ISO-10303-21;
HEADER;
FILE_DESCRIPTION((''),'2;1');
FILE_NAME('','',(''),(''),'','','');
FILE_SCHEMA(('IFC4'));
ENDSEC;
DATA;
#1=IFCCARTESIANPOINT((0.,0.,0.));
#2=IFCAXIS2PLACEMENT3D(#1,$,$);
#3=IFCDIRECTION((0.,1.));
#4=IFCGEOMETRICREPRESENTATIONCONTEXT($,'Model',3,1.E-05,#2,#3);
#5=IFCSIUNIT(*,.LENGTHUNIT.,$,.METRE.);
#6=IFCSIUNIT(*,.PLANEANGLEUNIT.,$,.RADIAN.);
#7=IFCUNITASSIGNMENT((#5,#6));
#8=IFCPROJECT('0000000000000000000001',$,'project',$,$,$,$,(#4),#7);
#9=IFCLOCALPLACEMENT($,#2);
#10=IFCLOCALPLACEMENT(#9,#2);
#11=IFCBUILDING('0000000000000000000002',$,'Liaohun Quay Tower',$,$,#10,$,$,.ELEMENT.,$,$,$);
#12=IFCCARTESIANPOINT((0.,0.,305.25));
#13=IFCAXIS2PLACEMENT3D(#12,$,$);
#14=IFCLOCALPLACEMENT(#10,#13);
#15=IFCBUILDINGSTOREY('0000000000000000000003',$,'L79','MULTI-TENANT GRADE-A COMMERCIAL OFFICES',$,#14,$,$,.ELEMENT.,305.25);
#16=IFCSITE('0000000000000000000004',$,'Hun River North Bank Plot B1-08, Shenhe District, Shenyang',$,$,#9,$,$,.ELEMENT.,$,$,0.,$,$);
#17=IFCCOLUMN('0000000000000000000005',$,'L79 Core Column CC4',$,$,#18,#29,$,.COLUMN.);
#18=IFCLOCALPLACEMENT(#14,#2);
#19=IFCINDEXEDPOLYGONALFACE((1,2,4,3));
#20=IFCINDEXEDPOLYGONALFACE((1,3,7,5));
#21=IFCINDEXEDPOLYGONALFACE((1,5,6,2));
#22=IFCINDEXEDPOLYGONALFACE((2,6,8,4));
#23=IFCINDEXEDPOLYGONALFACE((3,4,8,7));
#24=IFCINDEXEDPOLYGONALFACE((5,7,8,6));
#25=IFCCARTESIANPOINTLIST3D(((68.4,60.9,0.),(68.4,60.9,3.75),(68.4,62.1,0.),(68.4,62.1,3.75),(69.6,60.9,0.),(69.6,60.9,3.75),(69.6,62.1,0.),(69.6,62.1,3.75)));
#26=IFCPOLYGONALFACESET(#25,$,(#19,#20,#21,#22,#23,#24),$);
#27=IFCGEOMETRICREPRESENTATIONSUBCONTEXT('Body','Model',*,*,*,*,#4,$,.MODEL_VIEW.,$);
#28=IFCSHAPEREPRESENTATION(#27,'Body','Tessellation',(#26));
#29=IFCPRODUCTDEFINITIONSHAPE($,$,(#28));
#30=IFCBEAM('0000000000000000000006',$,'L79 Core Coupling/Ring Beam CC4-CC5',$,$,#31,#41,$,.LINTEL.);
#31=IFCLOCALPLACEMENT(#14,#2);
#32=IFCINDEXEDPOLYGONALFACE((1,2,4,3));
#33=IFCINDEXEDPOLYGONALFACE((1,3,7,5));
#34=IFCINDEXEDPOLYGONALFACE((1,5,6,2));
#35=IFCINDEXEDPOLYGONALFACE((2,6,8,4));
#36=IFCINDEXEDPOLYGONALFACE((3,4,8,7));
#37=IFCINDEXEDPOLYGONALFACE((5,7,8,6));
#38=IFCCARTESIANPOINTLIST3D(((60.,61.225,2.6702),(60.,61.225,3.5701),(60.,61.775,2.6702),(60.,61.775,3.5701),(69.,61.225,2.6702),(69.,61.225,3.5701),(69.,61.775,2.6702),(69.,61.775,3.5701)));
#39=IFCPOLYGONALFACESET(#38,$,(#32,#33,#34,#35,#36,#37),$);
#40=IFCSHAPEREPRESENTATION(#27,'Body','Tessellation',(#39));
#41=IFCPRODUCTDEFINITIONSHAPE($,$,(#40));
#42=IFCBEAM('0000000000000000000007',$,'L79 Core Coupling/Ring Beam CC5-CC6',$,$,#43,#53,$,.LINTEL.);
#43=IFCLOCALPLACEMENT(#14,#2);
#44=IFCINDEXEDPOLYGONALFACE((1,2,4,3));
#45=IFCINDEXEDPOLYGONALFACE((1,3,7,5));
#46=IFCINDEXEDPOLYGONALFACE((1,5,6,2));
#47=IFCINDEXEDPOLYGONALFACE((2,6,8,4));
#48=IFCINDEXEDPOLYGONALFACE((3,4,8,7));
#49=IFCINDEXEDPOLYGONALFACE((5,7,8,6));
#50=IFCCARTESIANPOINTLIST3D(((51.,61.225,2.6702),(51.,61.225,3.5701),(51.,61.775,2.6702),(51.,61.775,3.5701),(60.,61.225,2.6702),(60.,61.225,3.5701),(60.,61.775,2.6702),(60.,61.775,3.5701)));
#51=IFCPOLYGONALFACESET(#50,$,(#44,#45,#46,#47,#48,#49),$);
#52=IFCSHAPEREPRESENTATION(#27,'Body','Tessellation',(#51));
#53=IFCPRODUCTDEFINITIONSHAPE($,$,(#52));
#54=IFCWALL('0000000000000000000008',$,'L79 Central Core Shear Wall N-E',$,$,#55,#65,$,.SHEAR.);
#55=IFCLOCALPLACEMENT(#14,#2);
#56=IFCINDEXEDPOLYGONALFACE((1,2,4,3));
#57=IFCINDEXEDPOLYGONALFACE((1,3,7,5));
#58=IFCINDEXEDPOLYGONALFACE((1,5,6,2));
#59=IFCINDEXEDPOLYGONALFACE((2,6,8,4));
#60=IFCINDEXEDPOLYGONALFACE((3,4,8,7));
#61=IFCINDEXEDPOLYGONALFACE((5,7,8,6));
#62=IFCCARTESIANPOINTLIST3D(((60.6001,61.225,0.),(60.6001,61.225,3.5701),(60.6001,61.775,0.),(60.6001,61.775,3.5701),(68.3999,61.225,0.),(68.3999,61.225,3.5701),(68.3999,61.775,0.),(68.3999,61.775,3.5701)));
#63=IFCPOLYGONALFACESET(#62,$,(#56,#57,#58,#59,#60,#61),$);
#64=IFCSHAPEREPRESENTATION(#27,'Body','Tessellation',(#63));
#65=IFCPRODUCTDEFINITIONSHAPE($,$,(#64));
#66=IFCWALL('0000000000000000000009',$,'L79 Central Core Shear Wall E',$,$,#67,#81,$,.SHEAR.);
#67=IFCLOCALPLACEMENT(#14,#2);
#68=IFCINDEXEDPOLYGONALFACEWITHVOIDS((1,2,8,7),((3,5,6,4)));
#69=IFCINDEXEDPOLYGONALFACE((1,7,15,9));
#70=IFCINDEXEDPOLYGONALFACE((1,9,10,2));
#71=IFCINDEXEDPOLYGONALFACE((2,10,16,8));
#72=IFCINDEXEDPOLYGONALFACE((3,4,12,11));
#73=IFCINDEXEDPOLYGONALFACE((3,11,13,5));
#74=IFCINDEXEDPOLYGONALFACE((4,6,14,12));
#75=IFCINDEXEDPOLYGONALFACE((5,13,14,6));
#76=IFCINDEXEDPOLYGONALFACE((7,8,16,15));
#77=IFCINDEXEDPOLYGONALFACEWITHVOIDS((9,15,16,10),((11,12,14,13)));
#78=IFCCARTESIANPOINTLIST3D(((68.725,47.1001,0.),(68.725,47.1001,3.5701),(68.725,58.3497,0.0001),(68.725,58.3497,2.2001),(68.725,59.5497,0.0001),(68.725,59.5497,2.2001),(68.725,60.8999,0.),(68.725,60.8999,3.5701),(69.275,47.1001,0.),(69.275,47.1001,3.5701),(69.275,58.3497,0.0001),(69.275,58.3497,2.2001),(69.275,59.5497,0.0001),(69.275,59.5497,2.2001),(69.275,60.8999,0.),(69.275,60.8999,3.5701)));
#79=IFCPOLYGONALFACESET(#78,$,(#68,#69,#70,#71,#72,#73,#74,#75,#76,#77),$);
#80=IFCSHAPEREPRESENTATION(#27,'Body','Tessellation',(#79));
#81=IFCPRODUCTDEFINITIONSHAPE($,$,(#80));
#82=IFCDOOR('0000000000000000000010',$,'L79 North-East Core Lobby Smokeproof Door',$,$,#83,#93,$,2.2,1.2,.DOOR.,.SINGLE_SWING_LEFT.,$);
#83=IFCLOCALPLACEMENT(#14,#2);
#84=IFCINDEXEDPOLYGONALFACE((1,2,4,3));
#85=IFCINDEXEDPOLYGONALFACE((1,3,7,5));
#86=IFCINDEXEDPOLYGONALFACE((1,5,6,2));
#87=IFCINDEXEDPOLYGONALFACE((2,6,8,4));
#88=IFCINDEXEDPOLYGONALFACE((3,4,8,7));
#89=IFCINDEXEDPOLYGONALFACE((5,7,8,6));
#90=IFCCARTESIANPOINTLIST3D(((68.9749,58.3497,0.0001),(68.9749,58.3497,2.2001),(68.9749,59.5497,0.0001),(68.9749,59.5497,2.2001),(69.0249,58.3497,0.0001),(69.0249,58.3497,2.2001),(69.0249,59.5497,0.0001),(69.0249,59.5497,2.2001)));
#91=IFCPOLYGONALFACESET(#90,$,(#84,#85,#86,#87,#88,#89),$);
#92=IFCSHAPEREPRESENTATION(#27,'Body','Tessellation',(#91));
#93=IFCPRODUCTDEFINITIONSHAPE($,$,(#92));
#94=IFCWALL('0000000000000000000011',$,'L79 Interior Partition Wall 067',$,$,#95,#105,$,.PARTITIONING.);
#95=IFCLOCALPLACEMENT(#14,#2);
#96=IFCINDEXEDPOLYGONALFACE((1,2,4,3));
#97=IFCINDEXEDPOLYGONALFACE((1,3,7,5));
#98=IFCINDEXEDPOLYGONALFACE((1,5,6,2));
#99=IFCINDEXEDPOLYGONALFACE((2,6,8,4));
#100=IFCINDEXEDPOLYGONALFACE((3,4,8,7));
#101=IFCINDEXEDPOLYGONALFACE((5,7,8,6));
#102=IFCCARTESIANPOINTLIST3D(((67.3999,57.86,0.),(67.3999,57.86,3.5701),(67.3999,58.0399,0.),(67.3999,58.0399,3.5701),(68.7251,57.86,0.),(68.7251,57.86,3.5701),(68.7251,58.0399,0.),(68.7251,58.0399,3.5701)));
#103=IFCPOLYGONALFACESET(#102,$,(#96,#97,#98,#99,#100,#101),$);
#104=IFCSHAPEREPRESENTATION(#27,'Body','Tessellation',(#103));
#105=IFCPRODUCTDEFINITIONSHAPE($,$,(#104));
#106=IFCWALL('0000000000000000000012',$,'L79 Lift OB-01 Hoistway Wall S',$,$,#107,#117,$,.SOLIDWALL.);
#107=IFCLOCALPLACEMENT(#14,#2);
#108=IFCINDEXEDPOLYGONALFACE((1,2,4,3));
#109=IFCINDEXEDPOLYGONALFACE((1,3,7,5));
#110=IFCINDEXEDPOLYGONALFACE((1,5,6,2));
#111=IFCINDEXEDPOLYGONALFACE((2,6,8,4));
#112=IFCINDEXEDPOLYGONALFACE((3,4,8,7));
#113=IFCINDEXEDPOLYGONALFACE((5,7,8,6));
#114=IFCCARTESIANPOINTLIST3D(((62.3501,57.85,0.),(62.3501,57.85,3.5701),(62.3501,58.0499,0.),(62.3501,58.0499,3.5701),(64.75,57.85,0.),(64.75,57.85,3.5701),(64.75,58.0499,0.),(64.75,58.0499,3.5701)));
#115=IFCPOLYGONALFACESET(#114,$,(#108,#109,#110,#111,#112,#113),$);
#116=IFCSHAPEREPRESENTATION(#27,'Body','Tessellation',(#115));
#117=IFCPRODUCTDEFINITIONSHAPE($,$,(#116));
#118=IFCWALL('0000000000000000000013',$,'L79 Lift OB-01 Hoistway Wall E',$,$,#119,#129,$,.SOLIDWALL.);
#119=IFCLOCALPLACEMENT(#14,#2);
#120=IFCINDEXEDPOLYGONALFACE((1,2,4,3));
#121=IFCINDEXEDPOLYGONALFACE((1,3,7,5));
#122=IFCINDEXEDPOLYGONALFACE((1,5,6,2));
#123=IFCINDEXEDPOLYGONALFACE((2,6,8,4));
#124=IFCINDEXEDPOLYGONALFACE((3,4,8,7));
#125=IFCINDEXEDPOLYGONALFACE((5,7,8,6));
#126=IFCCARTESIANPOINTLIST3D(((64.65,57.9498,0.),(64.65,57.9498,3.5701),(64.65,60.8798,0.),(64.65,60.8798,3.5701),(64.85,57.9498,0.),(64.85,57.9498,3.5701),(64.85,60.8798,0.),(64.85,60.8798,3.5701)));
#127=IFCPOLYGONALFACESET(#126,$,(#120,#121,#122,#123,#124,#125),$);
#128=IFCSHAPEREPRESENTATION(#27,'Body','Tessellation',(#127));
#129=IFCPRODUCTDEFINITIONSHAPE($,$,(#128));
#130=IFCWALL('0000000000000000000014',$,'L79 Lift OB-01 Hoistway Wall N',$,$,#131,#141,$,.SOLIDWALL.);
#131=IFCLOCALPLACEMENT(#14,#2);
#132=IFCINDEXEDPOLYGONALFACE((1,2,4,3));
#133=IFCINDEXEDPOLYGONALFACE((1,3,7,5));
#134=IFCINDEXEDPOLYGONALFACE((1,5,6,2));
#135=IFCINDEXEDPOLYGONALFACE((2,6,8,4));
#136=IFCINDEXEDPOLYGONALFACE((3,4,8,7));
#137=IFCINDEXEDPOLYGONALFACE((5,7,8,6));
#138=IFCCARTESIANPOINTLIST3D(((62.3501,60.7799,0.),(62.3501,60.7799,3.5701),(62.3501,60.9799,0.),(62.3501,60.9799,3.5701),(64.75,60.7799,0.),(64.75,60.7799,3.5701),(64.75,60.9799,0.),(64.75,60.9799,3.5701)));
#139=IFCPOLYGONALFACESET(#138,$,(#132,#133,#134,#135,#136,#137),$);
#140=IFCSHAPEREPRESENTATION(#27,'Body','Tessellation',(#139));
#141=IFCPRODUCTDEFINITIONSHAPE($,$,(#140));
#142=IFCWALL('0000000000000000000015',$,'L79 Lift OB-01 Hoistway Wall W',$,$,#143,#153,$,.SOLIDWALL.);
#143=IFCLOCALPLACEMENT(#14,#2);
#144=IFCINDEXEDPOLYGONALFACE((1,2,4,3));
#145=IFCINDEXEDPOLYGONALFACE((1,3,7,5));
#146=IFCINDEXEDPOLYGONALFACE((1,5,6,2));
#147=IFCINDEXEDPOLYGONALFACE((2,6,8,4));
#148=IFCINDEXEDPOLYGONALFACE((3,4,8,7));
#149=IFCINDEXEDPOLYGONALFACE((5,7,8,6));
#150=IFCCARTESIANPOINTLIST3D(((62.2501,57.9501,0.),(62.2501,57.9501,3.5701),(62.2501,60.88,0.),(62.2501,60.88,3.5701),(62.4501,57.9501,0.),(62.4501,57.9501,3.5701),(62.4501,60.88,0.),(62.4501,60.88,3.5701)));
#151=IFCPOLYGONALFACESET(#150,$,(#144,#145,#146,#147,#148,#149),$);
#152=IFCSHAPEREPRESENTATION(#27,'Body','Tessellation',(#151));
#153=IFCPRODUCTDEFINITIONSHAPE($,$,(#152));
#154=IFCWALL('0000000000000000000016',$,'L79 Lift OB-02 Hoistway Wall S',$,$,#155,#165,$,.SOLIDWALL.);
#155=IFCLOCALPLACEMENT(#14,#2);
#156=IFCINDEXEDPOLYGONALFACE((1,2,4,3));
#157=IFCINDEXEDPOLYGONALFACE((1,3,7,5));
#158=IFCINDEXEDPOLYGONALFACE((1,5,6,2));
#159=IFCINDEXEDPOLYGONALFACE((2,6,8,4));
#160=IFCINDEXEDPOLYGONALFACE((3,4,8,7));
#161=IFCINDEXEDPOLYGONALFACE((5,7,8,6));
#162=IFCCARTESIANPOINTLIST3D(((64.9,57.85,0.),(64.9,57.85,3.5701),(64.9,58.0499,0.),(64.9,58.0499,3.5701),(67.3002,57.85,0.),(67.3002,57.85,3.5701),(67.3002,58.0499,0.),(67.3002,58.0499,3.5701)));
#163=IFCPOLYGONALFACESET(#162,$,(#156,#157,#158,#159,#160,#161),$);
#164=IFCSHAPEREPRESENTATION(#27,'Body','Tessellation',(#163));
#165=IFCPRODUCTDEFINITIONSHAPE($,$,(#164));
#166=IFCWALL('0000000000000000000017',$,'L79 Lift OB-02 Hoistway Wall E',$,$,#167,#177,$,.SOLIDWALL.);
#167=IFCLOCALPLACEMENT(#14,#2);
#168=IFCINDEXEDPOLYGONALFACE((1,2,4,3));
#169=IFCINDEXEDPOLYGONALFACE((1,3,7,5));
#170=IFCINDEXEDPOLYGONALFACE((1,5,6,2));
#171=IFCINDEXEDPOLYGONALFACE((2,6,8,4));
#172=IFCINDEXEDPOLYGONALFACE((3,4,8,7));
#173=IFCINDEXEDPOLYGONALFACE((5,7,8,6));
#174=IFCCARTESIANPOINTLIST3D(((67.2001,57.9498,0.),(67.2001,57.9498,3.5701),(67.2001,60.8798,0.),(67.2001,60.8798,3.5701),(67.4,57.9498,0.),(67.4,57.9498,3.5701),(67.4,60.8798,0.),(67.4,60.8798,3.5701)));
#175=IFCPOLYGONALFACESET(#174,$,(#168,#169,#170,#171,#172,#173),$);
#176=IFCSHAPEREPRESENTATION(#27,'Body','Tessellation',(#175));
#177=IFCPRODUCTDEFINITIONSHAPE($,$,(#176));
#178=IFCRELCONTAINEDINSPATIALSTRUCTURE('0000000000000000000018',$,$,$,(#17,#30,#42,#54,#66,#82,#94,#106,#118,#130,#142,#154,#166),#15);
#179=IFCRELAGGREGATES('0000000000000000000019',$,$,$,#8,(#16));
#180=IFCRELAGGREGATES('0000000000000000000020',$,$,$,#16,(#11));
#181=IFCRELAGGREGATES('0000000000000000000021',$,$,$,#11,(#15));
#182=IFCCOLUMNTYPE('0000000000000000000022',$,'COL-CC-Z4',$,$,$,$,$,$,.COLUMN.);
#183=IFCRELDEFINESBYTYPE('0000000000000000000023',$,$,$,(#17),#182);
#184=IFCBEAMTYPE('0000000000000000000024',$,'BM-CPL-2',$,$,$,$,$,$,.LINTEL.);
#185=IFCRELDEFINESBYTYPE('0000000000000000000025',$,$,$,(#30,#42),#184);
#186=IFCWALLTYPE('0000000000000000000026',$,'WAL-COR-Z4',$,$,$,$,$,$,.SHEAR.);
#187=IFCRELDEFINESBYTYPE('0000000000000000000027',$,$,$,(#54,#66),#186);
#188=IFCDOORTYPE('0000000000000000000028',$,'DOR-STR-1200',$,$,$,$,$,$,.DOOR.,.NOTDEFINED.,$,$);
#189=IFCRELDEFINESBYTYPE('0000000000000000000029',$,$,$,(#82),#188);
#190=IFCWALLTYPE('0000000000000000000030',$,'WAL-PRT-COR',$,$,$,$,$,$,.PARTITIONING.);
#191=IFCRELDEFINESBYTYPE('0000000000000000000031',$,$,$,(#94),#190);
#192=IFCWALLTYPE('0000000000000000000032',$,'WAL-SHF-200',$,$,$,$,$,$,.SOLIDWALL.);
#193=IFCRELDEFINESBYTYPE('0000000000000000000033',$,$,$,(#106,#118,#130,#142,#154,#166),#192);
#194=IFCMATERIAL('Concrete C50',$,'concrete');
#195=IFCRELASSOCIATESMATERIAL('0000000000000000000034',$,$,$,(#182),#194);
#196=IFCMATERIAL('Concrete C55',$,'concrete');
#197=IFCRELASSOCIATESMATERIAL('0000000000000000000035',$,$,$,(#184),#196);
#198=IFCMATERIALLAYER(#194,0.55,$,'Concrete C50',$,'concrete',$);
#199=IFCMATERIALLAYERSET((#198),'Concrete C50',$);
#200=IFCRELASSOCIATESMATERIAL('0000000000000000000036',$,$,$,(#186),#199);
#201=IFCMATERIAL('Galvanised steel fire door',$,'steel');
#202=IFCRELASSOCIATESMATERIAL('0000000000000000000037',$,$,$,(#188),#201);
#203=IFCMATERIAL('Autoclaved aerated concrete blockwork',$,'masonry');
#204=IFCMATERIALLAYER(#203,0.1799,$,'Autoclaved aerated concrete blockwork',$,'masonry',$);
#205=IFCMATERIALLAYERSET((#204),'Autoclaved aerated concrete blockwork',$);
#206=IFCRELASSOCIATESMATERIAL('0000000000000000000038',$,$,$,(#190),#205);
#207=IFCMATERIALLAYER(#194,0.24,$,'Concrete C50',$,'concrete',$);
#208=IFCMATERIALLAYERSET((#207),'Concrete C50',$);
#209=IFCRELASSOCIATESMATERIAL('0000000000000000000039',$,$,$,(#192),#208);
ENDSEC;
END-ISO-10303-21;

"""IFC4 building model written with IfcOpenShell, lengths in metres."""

from ifc_helpers import new_model, si_unit, direction, frame, frame_2d, origin, origin_2d, place, context, subcontext, project, spatial, rectangle, extrude, source, transform, mapped, material, layer, layer_set, material_profile, profile_set, type_object, element, fill, save


model = new_model("IFC4")

# Units and contexts
model_context = context("Model", 3, precision=1e-05, world=origin(), true_north=direction((0.0, 1.0)))
body_context = subcontext(model_context, "Body", "Model", "MODEL_VIEW")
ifc_project = project(units=[si_unit("LENGTHUNIT", "METRE"), si_unit("PLANEANGLEUNIT", "RADIAN")], contexts=[model_context])

# Site, building, storey
site_placement = place(None, origin())
site = spatial("IfcSite", under=ifc_project, at=site_placement, Name="Hun River North Bank Plot B1-08, Shenhe District, Shenyang", CompositionType="ELEMENT", RefElevation=0.0)
building_placement = place(site_placement, origin())
building = spatial("IfcBuilding", under=site, at=building_placement, Name="Liaohun Quay Tower", CompositionType="ELEMENT")
storey_placement = place(building_placement, frame((0.0, 0.0, 305.25)))
storey = spatial("IfcBuildingStorey", under=building, at=storey_placement, Name="L79", Description="MULTI-TENANT GRADE-A COMMERCIAL OFFICES", CompositionType="ELEMENT", Elevation=305.25)

# Column
ifc_material_1 = material(Name="Concrete C50", Category="concrete")
ifc_material_profile_1 = material_profile(ifc_material_1, rectangle(XDim=1.2, YDim=1.2, at=origin_2d()), Name="RC1200x1200")
ifc_profile_set_1 = profile_set([ifc_material_profile_1], Name="Concrete C50")
column_type = type_object("IfcColumnType", Name="COL-CC-Z4", PredefinedType="COLUMN", material=ifc_profile_set_1)
shared_shape_1 = source(origin(), body_context, "Body", "SweptSolid", [
    extrude(rectangle(XDim=1.2, YDim=1.2, at=origin_2d()), origin(), (0.0, 0.0, 1.0), 3.75),
])
column_placement = place(storey_placement, frame((69.0, 61.5, 0.0), z_axis=(0.0, 0.0, 1.0), x_axis=(1.0, 0.0, 0.0)))
element("IfcColumn", 1, at=column_placement, inside=storey, type_object=column_type, Name="L79 Core Column CC4", PredefinedType="COLUMN", context=body_context, shape_type="MappedRepresentation", body=[
    mapped(shared_shape_1, transform((0.0, 0.0, 0.0), x_axis=(1.0, 0.0, 0.0), y_axis=(0.0, 1.0, 0.0), z_axis=(0.0, 0.0, 1.0), scale=1.0)),
])

# Beams
ifc_material_2 = material(Name="Concrete C55", Category="concrete")
ifc_material_profile_2 = material_profile(ifc_material_2, rectangle(XDim=0.55, YDim=0.8999, at=origin_2d()), Name="RC550x900")
ifc_profile_set_2 = profile_set([ifc_material_profile_2], Name="Concrete C55")
beam_type = type_object("IfcBeamType", Name="BM-CPL-2", PredefinedType="LINTEL", material=ifc_profile_set_2)
shared_shape_2 = source(origin(), body_context, "Body", "SweptSolid", [
    extrude(rectangle(XDim=0.55, YDim=0.8999, at=origin_2d()), origin(), (0.0, 0.0, 1.0), 9.0),
])
for number, where, z_axis, x_axis, name in (
    (2, (69.0, 61.5, 3.1201), (-1.0, 0.0, 0.0), (0.0, -1.0, 0.0), "L79 Core Coupling/Ring Beam CC4-CC5"),
    (3, (60.0, 61.5, 3.1201), (-1.0, 0.0, 0.0), (0.0, -1.0, 0.0), "L79 Core Coupling/Ring Beam CC5-CC6"),
):
    element("IfcBeam", number, at=place(storey_placement, frame(where, z_axis=z_axis, x_axis=x_axis)), inside=storey, type_object=beam_type, Name=name, PredefinedType="LINTEL", context=body_context, shape_type="MappedRepresentation", body=[
        mapped(shared_shape_2, transform((0.0, 0.0, 0.0), x_axis=(1.0, 0.0, 0.0), y_axis=(0.0, 1.0, 0.0), z_axis=(0.0, 0.0, 1.0), scale=1.0)),
    ])

# Wall
ifc_layer_1 = layer(ifc_material_1, 0.55, Name="Concrete C50", Category="concrete")
ifc_layer_set_1 = layer_set([ifc_layer_1], Name="Concrete C50")
wall_type_1 = type_object("IfcWallType", Name="WAL-COR-Z4", PredefinedType="SHEAR", material=ifc_layer_set_1)
wall_1_placement = place(storey_placement, frame((60.6001, 61.5, 0.0), z_axis=(0.0, 0.0, 1.0), x_axis=(1.0, 0.0, 0.0)))
element("IfcWall", 4, at=wall_1_placement, inside=storey, type_object=wall_type_1, Name="L79 Central Core Shear Wall N-E", PredefinedType="SHEAR", context=body_context, shape_type="SweptSolid", body=[
    extrude(rectangle(XDim=7.7998, YDim=0.55, at=frame_2d((3.8999, 0.0))), origin(), (0.0, 0.0, 1.0), 3.5701),
])

# Wall, opening, door
wall_2_placement = place(storey_placement, frame((69.0, 60.8999, 0.0), z_axis=(0.0, 0.0, 1.0), x_axis=(0.0, -1.0, 0.0)))
wall_2 = element("IfcWall", 5, at=wall_2_placement, inside=storey, type_object=wall_type_1, Name="L79 Central Core Shear Wall E", PredefinedType="SHEAR", context=body_context, shape_type="SweptSolid", body=[
    extrude(rectangle(XDim=13.7998, YDim=0.55, at=frame_2d((6.8999, 0.0))), origin(), (0.0, 0.0, 1.0), 3.5701),
])
shared_shape_3 = source(origin(), body_context, "Body", "SweptSolid", [
    extrude(rectangle(XDim=1.2, YDim=2.2, at=frame_2d((0.6001, 1.1001))), frame((0.0, 0.2849, 0.0), z_axis=(0.0, -1.0, 0.0), x_axis=(1.0, 0.0, 0.0)), (0.0, 0.0, 1.0), 0.5701),
])
opening_placement = place(wall_2_placement, frame((1.3501, 0.0, 0.0)))
opening = element("IfcOpeningElement", 6, at=opening_placement, cuts=wall_2, PredefinedType="OPENING", context=body_context, shape_type="MappedRepresentation", body=[
    mapped(shared_shape_3, transform((0.0, 0.0, 0.0), x_axis=(1.0, 0.0, 0.0), y_axis=(0.0, 1.0, 0.0), z_axis=(0.0, 0.0, 1.0), scale=1.0)),
])
ifc_material_3 = material(Name="Galvanised steel fire door", Category="steel")
door_type = type_object("IfcDoorType", Name="DOR-STR-1200", OperationType="NOTDEFINED", PredefinedType="DOOR", material=ifc_material_3)
shared_shape_4 = source(origin(), body_context, "Body", "SweptSolid", [
    extrude(rectangle(XDim=1.2, YDim=2.2, at=frame_2d((0.6001, 1.1001))), frame((0.0, 0.0249, 0.0), z_axis=(0.0, -1.0, 0.0), x_axis=(1.0, 0.0, 0.0)), (0.0, 0.0, 1.0), 0.05),
])
door_placement = place(opening_placement, origin())
door = element("IfcDoor", 7, at=door_placement, inside=storey, type_object=door_type, Name="L79 North-East Core Lobby Smokeproof Door", OperationType="SINGLE_SWING_LEFT", OverallHeight=2.2, OverallWidth=1.2, PredefinedType="DOOR", context=body_context, shape_type="MappedRepresentation", body=[
    mapped(shared_shape_4, transform((0.0, 0.0, 0.0), x_axis=(1.0, 0.0, 0.0), y_axis=(0.0, 1.0, 0.0), z_axis=(0.0, 0.0, 1.0), scale=1.0)),
])
fill(opening, door)

# Walls
ifc_material_4 = material(Name="Autoclaved aerated concrete blockwork", Category="masonry")
ifc_layer_2 = layer(ifc_material_4, 0.1799, Name="Autoclaved aerated concrete blockwork", Category="masonry")
ifc_layer_set_2 = layer_set([ifc_layer_2], Name="Autoclaved aerated concrete blockwork")
wall_type_2 = type_object("IfcWallType", Name="WAL-PRT-COR", PredefinedType="PARTITIONING", material=ifc_layer_set_2)
wall_3_placement = place(storey_placement, frame((67.3999, 57.95, 0.0), z_axis=(0.0, 0.0, 1.0), x_axis=(1.0, 0.0, 0.0)))
element("IfcWall", 8, at=wall_3_placement, inside=storey, type_object=wall_type_2, Name="L79 Interior Partition Wall 067", PredefinedType="PARTITIONING", context=body_context, shape_type="SweptSolid", body=[
    extrude(rectangle(XDim=1.3252, YDim=0.1799, at=frame_2d((0.6626, 0.0))), origin(), (0.0, 0.0, 1.0), 3.5701),
])
ifc_layer_3 = layer(ifc_material_1, 0.24, Name="Concrete C50", Category="concrete")
ifc_layer_set_3 = layer_set([ifc_layer_3], Name="Concrete C50")
wall_type_3 = type_object("IfcWallType", Name="WAL-SHF-200", PredefinedType="SOLIDWALL", material=ifc_layer_set_3)
wall_4_placement = place(storey_placement, frame((62.3501, 57.95, 0.0), z_axis=(0.0, 0.0, 1.0), x_axis=(1.0, 0.0, 0.0)))
element("IfcWall", 9, at=wall_4_placement, inside=storey, type_object=wall_type_3, Name="L79 Lift OB-01 Hoistway Wall S", PredefinedType="SOLIDWALL", context=body_context, shape_type="SweptSolid", body=[
    extrude(rectangle(XDim=2.3999, YDim=0.2, at=frame_2d((1.2, 0.0))), origin(), (0.0, 0.0, 1.0), 3.5701),
])
wall_5_placement = place(storey_placement, frame((64.75, 57.95, 0.0), z_axis=(0.0, 0.0, 1.0), x_axis=(0.0, 1.0, 0.0)))
element("IfcWall", 10, at=wall_5_placement, inside=storey, type_object=wall_type_3, Name="L79 Lift OB-01 Hoistway Wall E", PredefinedType="SOLIDWALL", context=body_context, shape_type="SweptSolid", body=[
    extrude(rectangle(XDim=2.9299, YDim=0.2, at=frame_2d((1.4648, 0.0))), origin(), (0.0, 0.0, 1.0), 3.5701),
])
wall_6_placement = place(storey_placement, frame((64.75, 60.8799, 0.0), z_axis=(0.0, 0.0, 1.0), x_axis=(-1.0, 0.0, 0.0)))
element("IfcWall", 11, at=wall_6_placement, inside=storey, type_object=wall_type_3, Name="L79 Lift OB-01 Hoistway Wall N", PredefinedType="SOLIDWALL", context=body_context, shape_type="SweptSolid", body=[
    extrude(rectangle(XDim=2.3999, YDim=0.2, at=frame_2d((1.2, 0.0))), origin(), (0.0, 0.0, 1.0), 3.5701),
])
wall_7_placement = place(storey_placement, frame((62.3501, 60.8799, 0.0), z_axis=(0.0, 0.0, 1.0), x_axis=(0.0, -1.0, 0.0)))
element("IfcWall", 12, at=wall_7_placement, inside=storey, type_object=wall_type_3, Name="L79 Lift OB-01 Hoistway Wall W", PredefinedType="SOLIDWALL", context=body_context, shape_type="SweptSolid", body=[
    extrude(rectangle(XDim=2.9299, YDim=0.2, at=frame_2d((1.4648, 0.0))), origin(), (0.0, 0.0, 1.0), 3.5701),
])
wall_8_placement = place(storey_placement, frame((64.8999, 57.95, 0.0), z_axis=(0.0, 0.0, 1.0), x_axis=(1.0, 0.0, 0.0)))
element("IfcWall", 13, at=wall_8_placement, inside=storey, type_object=wall_type_3, Name="L79 Lift OB-02 Hoistway Wall S", PredefinedType="SOLIDWALL", context=body_context, shape_type="SweptSolid", body=[
    extrude(rectangle(XDim=2.4001, YDim=0.2, at=frame_2d((1.2002, 0.0))), origin(), (0.0, 0.0, 1.0), 3.5701),
])
wall_9_placement = place(storey_placement, frame((67.3, 57.95, 0.0), z_axis=(0.0, 0.0, 1.0), x_axis=(0.0, 1.0, 0.0)))
element("IfcWall", 14, at=wall_9_placement, inside=storey, type_object=wall_type_3, Name="L79 Lift OB-02 Hoistway Wall E", PredefinedType="SOLIDWALL", context=body_context, shape_type="SweptSolid", body=[
    extrude(rectangle(XDim=2.9299, YDim=0.2, at=frame_2d((1.4648, 0.0))), origin(), (0.0, 0.0, 1.0), 3.5701),
])

save(model, "model.ifc")
